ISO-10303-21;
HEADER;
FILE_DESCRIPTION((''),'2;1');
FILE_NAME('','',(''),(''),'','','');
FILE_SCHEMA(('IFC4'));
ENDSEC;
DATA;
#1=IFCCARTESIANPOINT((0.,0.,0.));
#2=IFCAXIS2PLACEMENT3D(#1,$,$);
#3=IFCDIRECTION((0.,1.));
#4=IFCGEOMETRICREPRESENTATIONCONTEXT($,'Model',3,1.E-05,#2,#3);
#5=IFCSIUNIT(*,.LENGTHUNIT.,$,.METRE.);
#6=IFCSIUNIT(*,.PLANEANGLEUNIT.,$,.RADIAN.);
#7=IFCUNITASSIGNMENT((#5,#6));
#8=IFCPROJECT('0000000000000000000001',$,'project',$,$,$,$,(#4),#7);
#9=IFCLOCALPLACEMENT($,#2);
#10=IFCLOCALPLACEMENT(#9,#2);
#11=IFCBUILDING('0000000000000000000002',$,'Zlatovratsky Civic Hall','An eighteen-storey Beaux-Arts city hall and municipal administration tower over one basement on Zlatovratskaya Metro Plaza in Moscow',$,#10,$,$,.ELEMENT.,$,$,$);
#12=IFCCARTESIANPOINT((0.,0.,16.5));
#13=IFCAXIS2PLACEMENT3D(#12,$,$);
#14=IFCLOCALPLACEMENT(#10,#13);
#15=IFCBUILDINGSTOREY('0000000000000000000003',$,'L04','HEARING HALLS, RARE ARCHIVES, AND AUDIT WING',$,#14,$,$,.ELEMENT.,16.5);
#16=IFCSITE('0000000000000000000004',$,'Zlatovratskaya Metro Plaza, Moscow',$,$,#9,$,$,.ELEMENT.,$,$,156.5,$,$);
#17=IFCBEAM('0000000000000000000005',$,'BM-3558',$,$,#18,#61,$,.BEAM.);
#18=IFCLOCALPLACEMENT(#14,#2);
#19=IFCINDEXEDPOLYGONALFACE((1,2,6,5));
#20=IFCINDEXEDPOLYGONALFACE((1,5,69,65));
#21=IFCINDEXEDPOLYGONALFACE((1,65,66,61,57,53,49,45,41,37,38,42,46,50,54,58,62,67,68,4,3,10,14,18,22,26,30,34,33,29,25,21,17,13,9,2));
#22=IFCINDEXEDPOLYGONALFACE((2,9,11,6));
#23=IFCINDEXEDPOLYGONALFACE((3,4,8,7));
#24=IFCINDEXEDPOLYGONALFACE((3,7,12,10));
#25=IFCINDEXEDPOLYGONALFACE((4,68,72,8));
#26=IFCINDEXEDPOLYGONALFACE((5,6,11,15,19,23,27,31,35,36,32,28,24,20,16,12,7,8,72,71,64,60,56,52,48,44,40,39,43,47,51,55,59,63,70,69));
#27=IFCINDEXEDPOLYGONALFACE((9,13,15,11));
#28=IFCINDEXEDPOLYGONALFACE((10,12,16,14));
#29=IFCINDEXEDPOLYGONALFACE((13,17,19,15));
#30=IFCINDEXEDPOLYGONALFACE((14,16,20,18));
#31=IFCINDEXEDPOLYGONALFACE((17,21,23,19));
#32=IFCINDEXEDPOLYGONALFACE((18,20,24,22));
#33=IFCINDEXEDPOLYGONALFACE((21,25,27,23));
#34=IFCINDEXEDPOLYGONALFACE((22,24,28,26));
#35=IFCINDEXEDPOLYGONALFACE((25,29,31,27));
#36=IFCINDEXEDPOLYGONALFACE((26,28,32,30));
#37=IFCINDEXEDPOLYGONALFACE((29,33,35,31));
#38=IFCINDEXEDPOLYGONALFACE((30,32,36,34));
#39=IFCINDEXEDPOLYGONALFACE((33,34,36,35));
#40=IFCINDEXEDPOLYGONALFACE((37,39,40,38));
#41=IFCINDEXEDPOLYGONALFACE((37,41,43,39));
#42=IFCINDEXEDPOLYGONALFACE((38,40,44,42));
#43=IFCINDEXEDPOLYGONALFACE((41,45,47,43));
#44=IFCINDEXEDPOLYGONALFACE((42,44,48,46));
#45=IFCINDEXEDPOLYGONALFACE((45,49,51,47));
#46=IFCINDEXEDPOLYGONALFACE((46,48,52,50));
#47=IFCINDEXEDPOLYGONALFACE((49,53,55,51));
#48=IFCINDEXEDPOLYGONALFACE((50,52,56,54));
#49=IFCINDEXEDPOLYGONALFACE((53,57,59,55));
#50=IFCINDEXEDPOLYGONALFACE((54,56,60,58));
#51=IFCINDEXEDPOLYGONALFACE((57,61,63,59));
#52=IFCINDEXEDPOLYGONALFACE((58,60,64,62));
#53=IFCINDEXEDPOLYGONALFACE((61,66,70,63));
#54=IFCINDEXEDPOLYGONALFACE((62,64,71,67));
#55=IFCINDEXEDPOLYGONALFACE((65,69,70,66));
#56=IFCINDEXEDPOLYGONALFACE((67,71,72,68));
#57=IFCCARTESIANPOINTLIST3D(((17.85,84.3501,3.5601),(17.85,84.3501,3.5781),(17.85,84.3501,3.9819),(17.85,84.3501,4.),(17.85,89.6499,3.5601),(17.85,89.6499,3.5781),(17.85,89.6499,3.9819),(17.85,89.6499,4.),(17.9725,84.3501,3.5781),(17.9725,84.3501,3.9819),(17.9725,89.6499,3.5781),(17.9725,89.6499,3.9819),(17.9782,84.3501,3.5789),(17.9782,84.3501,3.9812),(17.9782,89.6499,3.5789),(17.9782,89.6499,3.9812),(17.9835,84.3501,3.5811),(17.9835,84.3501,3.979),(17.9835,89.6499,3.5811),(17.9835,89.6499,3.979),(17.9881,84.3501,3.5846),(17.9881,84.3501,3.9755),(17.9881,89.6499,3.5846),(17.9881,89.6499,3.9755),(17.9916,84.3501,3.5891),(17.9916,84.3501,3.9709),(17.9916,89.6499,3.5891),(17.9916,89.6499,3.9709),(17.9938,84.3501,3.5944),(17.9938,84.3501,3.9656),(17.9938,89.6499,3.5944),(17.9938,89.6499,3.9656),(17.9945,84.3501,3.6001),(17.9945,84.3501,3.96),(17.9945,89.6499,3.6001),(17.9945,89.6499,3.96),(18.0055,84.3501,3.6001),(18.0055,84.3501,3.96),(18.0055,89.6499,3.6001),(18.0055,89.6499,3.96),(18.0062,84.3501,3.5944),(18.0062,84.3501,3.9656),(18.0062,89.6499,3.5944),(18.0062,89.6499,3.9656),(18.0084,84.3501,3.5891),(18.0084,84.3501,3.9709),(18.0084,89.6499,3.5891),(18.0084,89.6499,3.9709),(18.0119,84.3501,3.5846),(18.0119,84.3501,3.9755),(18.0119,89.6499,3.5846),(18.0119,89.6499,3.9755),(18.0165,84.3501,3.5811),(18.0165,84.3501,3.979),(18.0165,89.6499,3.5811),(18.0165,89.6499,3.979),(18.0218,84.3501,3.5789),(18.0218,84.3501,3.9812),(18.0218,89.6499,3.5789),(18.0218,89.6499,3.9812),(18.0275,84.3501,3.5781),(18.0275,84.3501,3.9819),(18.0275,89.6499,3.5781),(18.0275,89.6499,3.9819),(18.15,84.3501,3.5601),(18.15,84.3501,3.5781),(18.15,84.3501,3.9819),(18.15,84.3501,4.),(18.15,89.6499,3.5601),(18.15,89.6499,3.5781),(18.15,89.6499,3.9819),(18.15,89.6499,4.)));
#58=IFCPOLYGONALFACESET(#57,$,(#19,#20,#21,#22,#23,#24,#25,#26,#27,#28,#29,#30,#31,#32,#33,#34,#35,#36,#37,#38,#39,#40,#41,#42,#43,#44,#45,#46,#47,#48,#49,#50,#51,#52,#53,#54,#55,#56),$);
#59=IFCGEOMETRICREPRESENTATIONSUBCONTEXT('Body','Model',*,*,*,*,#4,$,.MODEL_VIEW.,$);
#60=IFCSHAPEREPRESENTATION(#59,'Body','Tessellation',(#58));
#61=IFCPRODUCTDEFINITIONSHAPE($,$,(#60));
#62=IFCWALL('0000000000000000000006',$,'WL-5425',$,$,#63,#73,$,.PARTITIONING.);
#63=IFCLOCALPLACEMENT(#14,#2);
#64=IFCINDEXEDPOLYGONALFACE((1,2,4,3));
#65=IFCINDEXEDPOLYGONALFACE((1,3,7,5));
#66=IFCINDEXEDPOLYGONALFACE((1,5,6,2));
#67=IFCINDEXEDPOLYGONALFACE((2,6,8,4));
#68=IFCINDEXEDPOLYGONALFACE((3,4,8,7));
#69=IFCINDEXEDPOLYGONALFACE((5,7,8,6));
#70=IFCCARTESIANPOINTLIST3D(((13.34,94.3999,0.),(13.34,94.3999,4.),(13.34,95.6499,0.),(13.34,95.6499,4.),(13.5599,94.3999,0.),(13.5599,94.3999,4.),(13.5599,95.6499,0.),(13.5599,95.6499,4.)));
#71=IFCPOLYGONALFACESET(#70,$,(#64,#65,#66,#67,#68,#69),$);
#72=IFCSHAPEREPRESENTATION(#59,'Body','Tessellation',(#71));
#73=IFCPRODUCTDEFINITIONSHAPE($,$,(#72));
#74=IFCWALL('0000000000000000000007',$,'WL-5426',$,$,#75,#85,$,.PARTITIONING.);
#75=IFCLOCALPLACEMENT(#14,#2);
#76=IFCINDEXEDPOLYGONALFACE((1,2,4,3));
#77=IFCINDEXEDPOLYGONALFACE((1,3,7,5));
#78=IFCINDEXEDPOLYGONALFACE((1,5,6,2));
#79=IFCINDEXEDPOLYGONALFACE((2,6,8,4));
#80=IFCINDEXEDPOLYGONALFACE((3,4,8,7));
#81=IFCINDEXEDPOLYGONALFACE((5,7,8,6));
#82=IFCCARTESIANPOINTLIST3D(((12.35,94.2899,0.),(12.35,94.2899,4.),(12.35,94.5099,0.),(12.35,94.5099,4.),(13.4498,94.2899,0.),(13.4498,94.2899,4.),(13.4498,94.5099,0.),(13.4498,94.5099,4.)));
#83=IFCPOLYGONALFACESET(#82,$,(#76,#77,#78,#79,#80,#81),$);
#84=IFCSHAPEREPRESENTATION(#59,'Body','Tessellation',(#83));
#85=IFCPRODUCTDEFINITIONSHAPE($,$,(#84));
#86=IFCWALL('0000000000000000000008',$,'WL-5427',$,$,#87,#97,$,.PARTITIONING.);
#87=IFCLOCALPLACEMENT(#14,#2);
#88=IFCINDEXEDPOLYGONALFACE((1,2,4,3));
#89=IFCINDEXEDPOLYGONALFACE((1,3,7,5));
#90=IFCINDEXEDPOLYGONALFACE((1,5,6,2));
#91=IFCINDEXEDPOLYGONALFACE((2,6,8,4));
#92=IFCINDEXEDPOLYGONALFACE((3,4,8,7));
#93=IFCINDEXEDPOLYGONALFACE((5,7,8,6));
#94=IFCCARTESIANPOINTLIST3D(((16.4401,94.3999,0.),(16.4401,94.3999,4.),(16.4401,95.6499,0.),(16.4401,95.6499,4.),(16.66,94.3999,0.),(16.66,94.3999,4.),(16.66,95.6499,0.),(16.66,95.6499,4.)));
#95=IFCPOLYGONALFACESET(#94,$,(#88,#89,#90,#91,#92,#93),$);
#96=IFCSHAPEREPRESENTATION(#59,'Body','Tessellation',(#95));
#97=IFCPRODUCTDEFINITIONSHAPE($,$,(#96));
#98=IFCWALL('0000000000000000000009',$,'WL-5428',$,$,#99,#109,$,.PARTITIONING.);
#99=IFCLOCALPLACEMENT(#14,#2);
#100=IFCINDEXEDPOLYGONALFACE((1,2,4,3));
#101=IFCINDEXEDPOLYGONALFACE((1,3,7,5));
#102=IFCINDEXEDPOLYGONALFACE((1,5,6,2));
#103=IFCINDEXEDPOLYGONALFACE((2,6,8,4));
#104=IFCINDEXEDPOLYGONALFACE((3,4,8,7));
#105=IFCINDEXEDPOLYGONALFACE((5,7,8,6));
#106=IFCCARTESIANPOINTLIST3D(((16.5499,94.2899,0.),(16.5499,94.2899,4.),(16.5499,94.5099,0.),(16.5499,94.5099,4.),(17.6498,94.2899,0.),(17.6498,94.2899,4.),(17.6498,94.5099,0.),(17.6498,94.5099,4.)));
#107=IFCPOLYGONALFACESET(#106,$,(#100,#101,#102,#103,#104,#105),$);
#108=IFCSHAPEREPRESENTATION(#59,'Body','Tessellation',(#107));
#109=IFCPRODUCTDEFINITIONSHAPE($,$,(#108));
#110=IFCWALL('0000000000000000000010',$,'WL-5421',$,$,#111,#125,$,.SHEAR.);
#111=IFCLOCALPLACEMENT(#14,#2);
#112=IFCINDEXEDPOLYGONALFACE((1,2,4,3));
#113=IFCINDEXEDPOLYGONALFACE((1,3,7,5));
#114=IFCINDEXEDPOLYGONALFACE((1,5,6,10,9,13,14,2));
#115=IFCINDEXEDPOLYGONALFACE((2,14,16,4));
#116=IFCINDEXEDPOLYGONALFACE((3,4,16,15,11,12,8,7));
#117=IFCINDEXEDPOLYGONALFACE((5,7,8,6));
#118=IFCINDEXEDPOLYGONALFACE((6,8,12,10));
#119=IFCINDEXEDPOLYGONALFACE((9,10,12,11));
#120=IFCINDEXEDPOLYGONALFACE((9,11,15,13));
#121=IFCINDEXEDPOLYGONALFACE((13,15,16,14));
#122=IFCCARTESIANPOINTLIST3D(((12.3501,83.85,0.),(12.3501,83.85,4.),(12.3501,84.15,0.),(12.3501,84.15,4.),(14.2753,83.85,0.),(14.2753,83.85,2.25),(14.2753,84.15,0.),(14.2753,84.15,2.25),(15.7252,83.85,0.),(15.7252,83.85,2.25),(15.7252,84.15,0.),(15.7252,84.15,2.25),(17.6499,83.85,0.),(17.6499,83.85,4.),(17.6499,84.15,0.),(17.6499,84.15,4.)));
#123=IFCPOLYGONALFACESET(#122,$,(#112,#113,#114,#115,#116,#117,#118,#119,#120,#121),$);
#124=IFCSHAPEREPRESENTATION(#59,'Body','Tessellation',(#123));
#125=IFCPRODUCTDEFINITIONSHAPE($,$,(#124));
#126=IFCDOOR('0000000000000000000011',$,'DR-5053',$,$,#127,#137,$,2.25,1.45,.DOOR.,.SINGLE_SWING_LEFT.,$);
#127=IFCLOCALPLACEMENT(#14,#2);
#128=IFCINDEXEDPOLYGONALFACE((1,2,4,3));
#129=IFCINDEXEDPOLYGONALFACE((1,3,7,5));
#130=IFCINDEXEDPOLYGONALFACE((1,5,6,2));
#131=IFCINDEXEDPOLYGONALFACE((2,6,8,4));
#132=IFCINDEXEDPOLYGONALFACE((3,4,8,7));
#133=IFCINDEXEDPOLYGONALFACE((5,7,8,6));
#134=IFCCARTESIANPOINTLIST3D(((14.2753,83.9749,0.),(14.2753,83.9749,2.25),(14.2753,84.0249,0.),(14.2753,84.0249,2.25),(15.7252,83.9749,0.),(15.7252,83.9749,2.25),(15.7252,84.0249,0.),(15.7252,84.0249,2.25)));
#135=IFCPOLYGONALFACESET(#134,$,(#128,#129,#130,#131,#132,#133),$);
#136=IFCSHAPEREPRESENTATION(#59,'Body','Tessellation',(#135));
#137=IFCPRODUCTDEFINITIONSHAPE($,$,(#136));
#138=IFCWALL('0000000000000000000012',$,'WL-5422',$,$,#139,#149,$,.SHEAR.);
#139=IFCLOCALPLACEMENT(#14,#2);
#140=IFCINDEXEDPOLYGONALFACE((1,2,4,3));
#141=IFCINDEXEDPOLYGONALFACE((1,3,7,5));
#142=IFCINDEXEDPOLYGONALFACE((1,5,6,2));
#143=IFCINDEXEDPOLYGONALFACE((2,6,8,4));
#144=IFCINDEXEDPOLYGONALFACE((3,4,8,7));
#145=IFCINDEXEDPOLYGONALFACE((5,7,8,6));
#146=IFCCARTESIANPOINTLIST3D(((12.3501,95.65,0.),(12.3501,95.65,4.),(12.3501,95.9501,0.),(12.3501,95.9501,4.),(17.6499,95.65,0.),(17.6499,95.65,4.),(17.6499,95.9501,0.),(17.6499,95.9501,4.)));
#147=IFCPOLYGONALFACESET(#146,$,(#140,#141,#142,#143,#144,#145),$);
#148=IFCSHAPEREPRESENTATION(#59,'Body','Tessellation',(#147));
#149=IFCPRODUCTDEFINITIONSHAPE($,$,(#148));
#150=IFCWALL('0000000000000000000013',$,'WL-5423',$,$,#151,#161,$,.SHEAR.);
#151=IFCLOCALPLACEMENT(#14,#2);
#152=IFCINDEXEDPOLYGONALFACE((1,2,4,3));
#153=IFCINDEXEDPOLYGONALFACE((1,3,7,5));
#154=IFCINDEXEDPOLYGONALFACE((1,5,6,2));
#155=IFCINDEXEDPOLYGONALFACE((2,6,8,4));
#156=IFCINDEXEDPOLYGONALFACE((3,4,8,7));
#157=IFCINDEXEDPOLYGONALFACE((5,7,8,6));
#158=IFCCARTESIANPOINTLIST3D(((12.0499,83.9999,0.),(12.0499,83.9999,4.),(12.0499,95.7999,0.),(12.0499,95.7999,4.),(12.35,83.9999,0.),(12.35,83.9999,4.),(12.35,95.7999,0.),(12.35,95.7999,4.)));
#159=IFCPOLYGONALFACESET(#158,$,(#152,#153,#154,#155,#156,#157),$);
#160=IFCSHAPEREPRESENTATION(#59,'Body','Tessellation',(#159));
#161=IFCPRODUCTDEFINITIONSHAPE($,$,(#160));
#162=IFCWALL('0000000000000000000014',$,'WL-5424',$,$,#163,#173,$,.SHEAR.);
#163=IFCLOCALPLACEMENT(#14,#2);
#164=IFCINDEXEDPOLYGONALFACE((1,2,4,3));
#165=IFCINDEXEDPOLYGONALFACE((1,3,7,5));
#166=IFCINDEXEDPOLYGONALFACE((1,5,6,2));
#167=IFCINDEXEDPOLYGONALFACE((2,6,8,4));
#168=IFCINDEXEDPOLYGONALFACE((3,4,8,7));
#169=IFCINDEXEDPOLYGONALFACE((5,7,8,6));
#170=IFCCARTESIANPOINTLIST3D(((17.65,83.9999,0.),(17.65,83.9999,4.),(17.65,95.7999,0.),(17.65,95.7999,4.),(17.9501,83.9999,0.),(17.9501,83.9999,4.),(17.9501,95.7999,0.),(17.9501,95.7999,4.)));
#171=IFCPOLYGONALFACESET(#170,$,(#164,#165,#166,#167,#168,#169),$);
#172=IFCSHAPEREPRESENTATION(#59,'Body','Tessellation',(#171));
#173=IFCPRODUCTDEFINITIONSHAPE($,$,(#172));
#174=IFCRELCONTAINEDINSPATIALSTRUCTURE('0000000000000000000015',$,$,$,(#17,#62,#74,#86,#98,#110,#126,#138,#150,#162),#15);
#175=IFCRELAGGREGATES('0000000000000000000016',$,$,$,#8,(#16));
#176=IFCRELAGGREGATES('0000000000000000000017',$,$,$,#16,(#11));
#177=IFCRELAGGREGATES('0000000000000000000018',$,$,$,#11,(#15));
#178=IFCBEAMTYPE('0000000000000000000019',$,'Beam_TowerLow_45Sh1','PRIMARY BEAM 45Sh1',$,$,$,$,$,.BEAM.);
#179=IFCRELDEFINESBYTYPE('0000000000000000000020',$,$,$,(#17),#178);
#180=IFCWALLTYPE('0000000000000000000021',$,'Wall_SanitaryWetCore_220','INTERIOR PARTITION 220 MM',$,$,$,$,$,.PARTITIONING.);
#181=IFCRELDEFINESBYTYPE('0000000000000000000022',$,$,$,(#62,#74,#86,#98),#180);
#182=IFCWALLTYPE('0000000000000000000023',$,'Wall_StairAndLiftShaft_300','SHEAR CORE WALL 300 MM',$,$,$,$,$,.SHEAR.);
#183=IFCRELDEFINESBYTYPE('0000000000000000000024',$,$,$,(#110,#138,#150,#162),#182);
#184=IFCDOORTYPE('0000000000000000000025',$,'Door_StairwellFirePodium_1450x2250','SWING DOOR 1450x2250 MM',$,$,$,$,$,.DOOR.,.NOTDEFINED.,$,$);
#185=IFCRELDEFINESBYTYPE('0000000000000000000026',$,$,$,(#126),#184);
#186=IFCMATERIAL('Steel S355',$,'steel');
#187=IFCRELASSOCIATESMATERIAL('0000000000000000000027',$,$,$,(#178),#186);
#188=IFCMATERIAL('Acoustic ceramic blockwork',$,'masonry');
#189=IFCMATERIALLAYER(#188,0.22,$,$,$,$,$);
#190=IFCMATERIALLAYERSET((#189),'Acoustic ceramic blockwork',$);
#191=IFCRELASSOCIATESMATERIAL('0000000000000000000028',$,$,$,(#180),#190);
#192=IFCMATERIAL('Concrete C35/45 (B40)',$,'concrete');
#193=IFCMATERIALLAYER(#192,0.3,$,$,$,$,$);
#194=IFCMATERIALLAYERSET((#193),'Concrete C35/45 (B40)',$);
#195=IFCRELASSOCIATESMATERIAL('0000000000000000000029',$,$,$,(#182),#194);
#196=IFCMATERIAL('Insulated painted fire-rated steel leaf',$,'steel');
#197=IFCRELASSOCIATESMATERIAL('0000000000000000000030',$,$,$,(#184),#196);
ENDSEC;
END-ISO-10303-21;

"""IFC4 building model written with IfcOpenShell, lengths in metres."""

from ifc_helpers import new_model, si_unit, direction, frame, frame_2d, origin, origin_2d, place, context, subcontext, project, spatial, rectangle, i_section, extrude, material, layer, layer_set, material_profile, profile_set, type_object, element, fill, save


model = new_model("IFC4")

# Units and contexts
model_context = context("Model", 3, precision=1e-05, world=origin(), true_north=direction((0.0, 1.0)))
body_context = subcontext(model_context, "Body", "Model", "MODEL_VIEW")
ifc_project = project(units=[si_unit("LENGTHUNIT", "METRE"), si_unit("PLANEANGLEUNIT", "RADIAN")], contexts=[model_context])

# Site, building, storey
site_placement = place(None, origin())
site = spatial("IfcSite", under=ifc_project, at=site_placement, Name="Zlatovratskaya Metro Plaza, Moscow", CompositionType="ELEMENT", RefElevation=156.5)
building_placement = place(site_placement, origin())
building = spatial("IfcBuilding", under=site, at=building_placement, Name="Zlatovratsky Civic Hall", Description="An eighteen-storey Beaux-Arts city hall and municipal administration tower over one basement on Zlatovratskaya Metro Plaza in Moscow", CompositionType="ELEMENT")
storey_placement = place(building_placement, frame((0.0, 0.0, 16.5)))
storey = spatial("IfcBuildingStorey", under=building, at=storey_placement, Name="L04", Description="HEARING HALLS, RARE ARCHIVES, AND AUDIT WING", CompositionType="ELEMENT", Elevation=16.5)

# Shared definitions
ifc_material_1 = material(Name="Concrete C35/45 (B40)", Category="concrete")

# Beam
ifc_material_2 = material(Name="Steel S355", Category="steel")
ifc_material_profile_1 = material_profile(ifc_material_2, i_section(OverallWidth=0.3, OverallDepth=0.4399, WebThickness=0.011, FlangeThickness=0.0181, FilletRadius=0.022, at=origin_2d()), Name="45Sh1")
ifc_profile_set_1 = profile_set([ifc_material_profile_1], Name="Steel S355")
beam_type = type_object("IfcBeamType", Name="Beam_TowerLow_45Sh1", Description="PRIMARY BEAM 45Sh1", PredefinedType="BEAM", material=ifc_profile_set_1)
for number, where, z_axis, x_axis, name in (
    (1, (18.0, 84.3501, 3.78), (0.0, 1.0, 0.0), (-1.0, 0.0, 0.0), "BM-3558"),
):
    element("IfcBeam", number, at=place(storey_placement, frame(where, z_axis=z_axis, x_axis=x_axis)), inside=storey, type_object=beam_type, Name=name, PredefinedType="BEAM", context=body_context, shape_type="SweptSolid", body=[
        extrude(i_section(OverallWidth=0.3, OverallDepth=0.4399, WebThickness=0.011, FlangeThickness=0.0181, FilletRadius=0.022, at=origin_2d()), origin(), (0.0, 0.0, 1.0), 5.2998),
    ])

# Walls
ifc_material_3 = material(Name="Acoustic ceramic blockwork", Category="masonry")
ifc_layer_1 = layer(ifc_material_3, 0.22)
ifc_layer_set_1 = layer_set([ifc_layer_1], Name="Acoustic ceramic blockwork")
wall_type_1 = type_object("IfcWallType", Name="Wall_SanitaryWetCore_220", Description="INTERIOR PARTITION 220 MM", PredefinedType="PARTITIONING", material=ifc_layer_set_1)
wall_1_placement = place(storey_placement, frame((13.45, 94.3999, 0.0), z_axis=(0.0, 0.0, 1.0), x_axis=(0.0, 1.0, 0.0)))
element("IfcWall", 2, at=wall_1_placement, inside=storey, type_object=wall_type_1, Name="WL-5425", PredefinedType="PARTITIONING", context=body_context, shape_type="SweptSolid", body=[
    extrude(rectangle(XDim=1.25, YDim=0.22, at=frame_2d((0.625, 0.0))), origin(), (0.0, 0.0, 1.0), 4.0),
])
wall_2_placement = place(storey_placement, frame((12.3501, 94.3999, 0.0), z_axis=(0.0, 0.0, 1.0), x_axis=(1.0, 0.0, 0.0)))
element("IfcWall", 3, at=wall_2_placement, inside=storey, type_object=wall_type_1, Name="WL-5426", PredefinedType="PARTITIONING", context=body_context, shape_type="SweptSolid", body=[
    extrude(rectangle(XDim=1.0999, YDim=0.22, at=frame_2d((0.5498, 0.0))), origin(), (0.0, 0.0, 1.0), 4.0),
])
wall_3_placement = place(storey_placement, frame((16.55, 94.3999, 0.0), z_axis=(0.0, 0.0, 1.0), x_axis=(0.0, 1.0, 0.0)))
element("IfcWall", 4, at=wall_3_placement, inside=storey, type_object=wall_type_1, Name="WL-5427", PredefinedType="PARTITIONING", context=body_context, shape_type="SweptSolid", body=[
    extrude(rectangle(XDim=1.25, YDim=0.22, at=frame_2d((0.625, 0.0))), origin(), (0.0, 0.0, 1.0), 4.0),
])
wall_4_placement = place(storey_placement, frame((16.55, 94.3999, 0.0), z_axis=(0.0, 0.0, 1.0), x_axis=(1.0, 0.0, 0.0)))
element("IfcWall", 5, at=wall_4_placement, inside=storey, type_object=wall_type_1, Name="WL-5428", PredefinedType="PARTITIONING", context=body_context, shape_type="SweptSolid", body=[
    extrude(rectangle(XDim=1.0999, YDim=0.22, at=frame_2d((0.5498, 0.0))), origin(), (0.0, 0.0, 1.0), 4.0),
])

# Wall, opening, door
ifc_layer_2 = layer(ifc_material_1, 0.3)
ifc_layer_set_2 = layer_set([ifc_layer_2], Name="Concrete C35/45 (B40)")
wall_type_2 = type_object("IfcWallType", Name="Wall_StairAndLiftShaft_300", Description="SHEAR CORE WALL 300 MM", PredefinedType="SHEAR", material=ifc_layer_set_2)
wall_5_placement = place(storey_placement, frame((12.3501, 84.0, 0.0), z_axis=(0.0, 0.0, 1.0), x_axis=(1.0, 0.0, 0.0)))
wall_5 = element("IfcWall", 6, at=wall_5_placement, inside=storey, type_object=wall_type_2, Name="WL-5421", PredefinedType="SHEAR", context=body_context, shape_type="SweptSolid", body=[
    extrude(rectangle(XDim=5.2998, YDim=0.3, at=frame_2d((2.6499, 0.0))), origin(), (0.0, 0.0, 1.0), 4.0),
])
opening_placement = place(wall_5_placement, frame((1.925, 0.0, 0.0)))
opening = element("IfcOpeningElement", 7, at=opening_placement, cuts=wall_5, PredefinedType="OPENING", context=body_context, shape_type="SweptSolid", body=[
    extrude(rectangle(XDim=1.45, YDim=2.25, at=frame_2d((0.7251, 1.125))), frame((0.0, 0.165, 0.0), z_axis=(0.0, -1.0, 0.0), x_axis=(1.0, 0.0, 0.0)), (0.0, 0.0, 1.0), 0.3298),
])
ifc_material_4 = material(Name="Insulated painted fire-rated steel leaf", Category="steel")
door_type = type_object("IfcDoorType", Name="Door_StairwellFirePodium_1450x2250", Description="SWING DOOR 1450x2250 MM", OperationType="NOTDEFINED", PredefinedType="DOOR", material=ifc_material_4)
door_placement = place(opening_placement, origin())
door = element("IfcDoor", 8, at=door_placement, inside=storey, type_object=door_type, Name="DR-5053", OperationType="SINGLE_SWING_LEFT", OverallHeight=2.25, OverallWidth=1.45, PredefinedType="DOOR", context=body_context, shape_type="SweptSolid", body=[
    extrude(rectangle(XDim=1.45, YDim=2.25, at=frame_2d((0.7251, 1.125))), frame((0.0, 0.0249, 0.0), z_axis=(0.0, -1.0, 0.0), x_axis=(1.0, 0.0, 0.0)), (0.0, 0.0, 1.0), 0.05),
])
fill(opening, door)

# Walls
wall_6_placement = place(storey_placement, frame((12.3501, 95.8, 0.0), z_axis=(0.0, 0.0, 1.0), x_axis=(1.0, 0.0, 0.0)))
element("IfcWall", 9, at=wall_6_placement, inside=storey, type_object=wall_type_2, Name="WL-5422", PredefinedType="SHEAR", context=body_context, shape_type="SweptSolid", body=[
    extrude(rectangle(XDim=5.2998, YDim=0.3, at=frame_2d((2.6499, 0.0))), origin(), (0.0, 0.0, 1.0), 4.0),
])
for number, where, z_axis, x_axis, name in (
    (10, (12.2, 84.0, 0.0), (0.0, 0.0, 1.0), (0.0, 1.0, 0.0), "WL-5423"),
    (11, (17.8, 84.0, 0.0), (0.0, 0.0, 1.0), (0.0, 1.0, 0.0), "WL-5424"),
):
    element("IfcWall", number, at=place(storey_placement, frame(where, z_axis=z_axis, x_axis=x_axis)), inside=storey, type_object=wall_type_2, Name=name, PredefinedType="SHEAR", context=body_context, shape_type="SweptSolid", body=[
        extrude(rectangle(XDim=11.8, YDim=0.3, at=frame_2d((5.8999, 0.0))), origin(), (0.0, 0.0, 1.0), 4.0),
    ])

save(model, "model.ifc")
